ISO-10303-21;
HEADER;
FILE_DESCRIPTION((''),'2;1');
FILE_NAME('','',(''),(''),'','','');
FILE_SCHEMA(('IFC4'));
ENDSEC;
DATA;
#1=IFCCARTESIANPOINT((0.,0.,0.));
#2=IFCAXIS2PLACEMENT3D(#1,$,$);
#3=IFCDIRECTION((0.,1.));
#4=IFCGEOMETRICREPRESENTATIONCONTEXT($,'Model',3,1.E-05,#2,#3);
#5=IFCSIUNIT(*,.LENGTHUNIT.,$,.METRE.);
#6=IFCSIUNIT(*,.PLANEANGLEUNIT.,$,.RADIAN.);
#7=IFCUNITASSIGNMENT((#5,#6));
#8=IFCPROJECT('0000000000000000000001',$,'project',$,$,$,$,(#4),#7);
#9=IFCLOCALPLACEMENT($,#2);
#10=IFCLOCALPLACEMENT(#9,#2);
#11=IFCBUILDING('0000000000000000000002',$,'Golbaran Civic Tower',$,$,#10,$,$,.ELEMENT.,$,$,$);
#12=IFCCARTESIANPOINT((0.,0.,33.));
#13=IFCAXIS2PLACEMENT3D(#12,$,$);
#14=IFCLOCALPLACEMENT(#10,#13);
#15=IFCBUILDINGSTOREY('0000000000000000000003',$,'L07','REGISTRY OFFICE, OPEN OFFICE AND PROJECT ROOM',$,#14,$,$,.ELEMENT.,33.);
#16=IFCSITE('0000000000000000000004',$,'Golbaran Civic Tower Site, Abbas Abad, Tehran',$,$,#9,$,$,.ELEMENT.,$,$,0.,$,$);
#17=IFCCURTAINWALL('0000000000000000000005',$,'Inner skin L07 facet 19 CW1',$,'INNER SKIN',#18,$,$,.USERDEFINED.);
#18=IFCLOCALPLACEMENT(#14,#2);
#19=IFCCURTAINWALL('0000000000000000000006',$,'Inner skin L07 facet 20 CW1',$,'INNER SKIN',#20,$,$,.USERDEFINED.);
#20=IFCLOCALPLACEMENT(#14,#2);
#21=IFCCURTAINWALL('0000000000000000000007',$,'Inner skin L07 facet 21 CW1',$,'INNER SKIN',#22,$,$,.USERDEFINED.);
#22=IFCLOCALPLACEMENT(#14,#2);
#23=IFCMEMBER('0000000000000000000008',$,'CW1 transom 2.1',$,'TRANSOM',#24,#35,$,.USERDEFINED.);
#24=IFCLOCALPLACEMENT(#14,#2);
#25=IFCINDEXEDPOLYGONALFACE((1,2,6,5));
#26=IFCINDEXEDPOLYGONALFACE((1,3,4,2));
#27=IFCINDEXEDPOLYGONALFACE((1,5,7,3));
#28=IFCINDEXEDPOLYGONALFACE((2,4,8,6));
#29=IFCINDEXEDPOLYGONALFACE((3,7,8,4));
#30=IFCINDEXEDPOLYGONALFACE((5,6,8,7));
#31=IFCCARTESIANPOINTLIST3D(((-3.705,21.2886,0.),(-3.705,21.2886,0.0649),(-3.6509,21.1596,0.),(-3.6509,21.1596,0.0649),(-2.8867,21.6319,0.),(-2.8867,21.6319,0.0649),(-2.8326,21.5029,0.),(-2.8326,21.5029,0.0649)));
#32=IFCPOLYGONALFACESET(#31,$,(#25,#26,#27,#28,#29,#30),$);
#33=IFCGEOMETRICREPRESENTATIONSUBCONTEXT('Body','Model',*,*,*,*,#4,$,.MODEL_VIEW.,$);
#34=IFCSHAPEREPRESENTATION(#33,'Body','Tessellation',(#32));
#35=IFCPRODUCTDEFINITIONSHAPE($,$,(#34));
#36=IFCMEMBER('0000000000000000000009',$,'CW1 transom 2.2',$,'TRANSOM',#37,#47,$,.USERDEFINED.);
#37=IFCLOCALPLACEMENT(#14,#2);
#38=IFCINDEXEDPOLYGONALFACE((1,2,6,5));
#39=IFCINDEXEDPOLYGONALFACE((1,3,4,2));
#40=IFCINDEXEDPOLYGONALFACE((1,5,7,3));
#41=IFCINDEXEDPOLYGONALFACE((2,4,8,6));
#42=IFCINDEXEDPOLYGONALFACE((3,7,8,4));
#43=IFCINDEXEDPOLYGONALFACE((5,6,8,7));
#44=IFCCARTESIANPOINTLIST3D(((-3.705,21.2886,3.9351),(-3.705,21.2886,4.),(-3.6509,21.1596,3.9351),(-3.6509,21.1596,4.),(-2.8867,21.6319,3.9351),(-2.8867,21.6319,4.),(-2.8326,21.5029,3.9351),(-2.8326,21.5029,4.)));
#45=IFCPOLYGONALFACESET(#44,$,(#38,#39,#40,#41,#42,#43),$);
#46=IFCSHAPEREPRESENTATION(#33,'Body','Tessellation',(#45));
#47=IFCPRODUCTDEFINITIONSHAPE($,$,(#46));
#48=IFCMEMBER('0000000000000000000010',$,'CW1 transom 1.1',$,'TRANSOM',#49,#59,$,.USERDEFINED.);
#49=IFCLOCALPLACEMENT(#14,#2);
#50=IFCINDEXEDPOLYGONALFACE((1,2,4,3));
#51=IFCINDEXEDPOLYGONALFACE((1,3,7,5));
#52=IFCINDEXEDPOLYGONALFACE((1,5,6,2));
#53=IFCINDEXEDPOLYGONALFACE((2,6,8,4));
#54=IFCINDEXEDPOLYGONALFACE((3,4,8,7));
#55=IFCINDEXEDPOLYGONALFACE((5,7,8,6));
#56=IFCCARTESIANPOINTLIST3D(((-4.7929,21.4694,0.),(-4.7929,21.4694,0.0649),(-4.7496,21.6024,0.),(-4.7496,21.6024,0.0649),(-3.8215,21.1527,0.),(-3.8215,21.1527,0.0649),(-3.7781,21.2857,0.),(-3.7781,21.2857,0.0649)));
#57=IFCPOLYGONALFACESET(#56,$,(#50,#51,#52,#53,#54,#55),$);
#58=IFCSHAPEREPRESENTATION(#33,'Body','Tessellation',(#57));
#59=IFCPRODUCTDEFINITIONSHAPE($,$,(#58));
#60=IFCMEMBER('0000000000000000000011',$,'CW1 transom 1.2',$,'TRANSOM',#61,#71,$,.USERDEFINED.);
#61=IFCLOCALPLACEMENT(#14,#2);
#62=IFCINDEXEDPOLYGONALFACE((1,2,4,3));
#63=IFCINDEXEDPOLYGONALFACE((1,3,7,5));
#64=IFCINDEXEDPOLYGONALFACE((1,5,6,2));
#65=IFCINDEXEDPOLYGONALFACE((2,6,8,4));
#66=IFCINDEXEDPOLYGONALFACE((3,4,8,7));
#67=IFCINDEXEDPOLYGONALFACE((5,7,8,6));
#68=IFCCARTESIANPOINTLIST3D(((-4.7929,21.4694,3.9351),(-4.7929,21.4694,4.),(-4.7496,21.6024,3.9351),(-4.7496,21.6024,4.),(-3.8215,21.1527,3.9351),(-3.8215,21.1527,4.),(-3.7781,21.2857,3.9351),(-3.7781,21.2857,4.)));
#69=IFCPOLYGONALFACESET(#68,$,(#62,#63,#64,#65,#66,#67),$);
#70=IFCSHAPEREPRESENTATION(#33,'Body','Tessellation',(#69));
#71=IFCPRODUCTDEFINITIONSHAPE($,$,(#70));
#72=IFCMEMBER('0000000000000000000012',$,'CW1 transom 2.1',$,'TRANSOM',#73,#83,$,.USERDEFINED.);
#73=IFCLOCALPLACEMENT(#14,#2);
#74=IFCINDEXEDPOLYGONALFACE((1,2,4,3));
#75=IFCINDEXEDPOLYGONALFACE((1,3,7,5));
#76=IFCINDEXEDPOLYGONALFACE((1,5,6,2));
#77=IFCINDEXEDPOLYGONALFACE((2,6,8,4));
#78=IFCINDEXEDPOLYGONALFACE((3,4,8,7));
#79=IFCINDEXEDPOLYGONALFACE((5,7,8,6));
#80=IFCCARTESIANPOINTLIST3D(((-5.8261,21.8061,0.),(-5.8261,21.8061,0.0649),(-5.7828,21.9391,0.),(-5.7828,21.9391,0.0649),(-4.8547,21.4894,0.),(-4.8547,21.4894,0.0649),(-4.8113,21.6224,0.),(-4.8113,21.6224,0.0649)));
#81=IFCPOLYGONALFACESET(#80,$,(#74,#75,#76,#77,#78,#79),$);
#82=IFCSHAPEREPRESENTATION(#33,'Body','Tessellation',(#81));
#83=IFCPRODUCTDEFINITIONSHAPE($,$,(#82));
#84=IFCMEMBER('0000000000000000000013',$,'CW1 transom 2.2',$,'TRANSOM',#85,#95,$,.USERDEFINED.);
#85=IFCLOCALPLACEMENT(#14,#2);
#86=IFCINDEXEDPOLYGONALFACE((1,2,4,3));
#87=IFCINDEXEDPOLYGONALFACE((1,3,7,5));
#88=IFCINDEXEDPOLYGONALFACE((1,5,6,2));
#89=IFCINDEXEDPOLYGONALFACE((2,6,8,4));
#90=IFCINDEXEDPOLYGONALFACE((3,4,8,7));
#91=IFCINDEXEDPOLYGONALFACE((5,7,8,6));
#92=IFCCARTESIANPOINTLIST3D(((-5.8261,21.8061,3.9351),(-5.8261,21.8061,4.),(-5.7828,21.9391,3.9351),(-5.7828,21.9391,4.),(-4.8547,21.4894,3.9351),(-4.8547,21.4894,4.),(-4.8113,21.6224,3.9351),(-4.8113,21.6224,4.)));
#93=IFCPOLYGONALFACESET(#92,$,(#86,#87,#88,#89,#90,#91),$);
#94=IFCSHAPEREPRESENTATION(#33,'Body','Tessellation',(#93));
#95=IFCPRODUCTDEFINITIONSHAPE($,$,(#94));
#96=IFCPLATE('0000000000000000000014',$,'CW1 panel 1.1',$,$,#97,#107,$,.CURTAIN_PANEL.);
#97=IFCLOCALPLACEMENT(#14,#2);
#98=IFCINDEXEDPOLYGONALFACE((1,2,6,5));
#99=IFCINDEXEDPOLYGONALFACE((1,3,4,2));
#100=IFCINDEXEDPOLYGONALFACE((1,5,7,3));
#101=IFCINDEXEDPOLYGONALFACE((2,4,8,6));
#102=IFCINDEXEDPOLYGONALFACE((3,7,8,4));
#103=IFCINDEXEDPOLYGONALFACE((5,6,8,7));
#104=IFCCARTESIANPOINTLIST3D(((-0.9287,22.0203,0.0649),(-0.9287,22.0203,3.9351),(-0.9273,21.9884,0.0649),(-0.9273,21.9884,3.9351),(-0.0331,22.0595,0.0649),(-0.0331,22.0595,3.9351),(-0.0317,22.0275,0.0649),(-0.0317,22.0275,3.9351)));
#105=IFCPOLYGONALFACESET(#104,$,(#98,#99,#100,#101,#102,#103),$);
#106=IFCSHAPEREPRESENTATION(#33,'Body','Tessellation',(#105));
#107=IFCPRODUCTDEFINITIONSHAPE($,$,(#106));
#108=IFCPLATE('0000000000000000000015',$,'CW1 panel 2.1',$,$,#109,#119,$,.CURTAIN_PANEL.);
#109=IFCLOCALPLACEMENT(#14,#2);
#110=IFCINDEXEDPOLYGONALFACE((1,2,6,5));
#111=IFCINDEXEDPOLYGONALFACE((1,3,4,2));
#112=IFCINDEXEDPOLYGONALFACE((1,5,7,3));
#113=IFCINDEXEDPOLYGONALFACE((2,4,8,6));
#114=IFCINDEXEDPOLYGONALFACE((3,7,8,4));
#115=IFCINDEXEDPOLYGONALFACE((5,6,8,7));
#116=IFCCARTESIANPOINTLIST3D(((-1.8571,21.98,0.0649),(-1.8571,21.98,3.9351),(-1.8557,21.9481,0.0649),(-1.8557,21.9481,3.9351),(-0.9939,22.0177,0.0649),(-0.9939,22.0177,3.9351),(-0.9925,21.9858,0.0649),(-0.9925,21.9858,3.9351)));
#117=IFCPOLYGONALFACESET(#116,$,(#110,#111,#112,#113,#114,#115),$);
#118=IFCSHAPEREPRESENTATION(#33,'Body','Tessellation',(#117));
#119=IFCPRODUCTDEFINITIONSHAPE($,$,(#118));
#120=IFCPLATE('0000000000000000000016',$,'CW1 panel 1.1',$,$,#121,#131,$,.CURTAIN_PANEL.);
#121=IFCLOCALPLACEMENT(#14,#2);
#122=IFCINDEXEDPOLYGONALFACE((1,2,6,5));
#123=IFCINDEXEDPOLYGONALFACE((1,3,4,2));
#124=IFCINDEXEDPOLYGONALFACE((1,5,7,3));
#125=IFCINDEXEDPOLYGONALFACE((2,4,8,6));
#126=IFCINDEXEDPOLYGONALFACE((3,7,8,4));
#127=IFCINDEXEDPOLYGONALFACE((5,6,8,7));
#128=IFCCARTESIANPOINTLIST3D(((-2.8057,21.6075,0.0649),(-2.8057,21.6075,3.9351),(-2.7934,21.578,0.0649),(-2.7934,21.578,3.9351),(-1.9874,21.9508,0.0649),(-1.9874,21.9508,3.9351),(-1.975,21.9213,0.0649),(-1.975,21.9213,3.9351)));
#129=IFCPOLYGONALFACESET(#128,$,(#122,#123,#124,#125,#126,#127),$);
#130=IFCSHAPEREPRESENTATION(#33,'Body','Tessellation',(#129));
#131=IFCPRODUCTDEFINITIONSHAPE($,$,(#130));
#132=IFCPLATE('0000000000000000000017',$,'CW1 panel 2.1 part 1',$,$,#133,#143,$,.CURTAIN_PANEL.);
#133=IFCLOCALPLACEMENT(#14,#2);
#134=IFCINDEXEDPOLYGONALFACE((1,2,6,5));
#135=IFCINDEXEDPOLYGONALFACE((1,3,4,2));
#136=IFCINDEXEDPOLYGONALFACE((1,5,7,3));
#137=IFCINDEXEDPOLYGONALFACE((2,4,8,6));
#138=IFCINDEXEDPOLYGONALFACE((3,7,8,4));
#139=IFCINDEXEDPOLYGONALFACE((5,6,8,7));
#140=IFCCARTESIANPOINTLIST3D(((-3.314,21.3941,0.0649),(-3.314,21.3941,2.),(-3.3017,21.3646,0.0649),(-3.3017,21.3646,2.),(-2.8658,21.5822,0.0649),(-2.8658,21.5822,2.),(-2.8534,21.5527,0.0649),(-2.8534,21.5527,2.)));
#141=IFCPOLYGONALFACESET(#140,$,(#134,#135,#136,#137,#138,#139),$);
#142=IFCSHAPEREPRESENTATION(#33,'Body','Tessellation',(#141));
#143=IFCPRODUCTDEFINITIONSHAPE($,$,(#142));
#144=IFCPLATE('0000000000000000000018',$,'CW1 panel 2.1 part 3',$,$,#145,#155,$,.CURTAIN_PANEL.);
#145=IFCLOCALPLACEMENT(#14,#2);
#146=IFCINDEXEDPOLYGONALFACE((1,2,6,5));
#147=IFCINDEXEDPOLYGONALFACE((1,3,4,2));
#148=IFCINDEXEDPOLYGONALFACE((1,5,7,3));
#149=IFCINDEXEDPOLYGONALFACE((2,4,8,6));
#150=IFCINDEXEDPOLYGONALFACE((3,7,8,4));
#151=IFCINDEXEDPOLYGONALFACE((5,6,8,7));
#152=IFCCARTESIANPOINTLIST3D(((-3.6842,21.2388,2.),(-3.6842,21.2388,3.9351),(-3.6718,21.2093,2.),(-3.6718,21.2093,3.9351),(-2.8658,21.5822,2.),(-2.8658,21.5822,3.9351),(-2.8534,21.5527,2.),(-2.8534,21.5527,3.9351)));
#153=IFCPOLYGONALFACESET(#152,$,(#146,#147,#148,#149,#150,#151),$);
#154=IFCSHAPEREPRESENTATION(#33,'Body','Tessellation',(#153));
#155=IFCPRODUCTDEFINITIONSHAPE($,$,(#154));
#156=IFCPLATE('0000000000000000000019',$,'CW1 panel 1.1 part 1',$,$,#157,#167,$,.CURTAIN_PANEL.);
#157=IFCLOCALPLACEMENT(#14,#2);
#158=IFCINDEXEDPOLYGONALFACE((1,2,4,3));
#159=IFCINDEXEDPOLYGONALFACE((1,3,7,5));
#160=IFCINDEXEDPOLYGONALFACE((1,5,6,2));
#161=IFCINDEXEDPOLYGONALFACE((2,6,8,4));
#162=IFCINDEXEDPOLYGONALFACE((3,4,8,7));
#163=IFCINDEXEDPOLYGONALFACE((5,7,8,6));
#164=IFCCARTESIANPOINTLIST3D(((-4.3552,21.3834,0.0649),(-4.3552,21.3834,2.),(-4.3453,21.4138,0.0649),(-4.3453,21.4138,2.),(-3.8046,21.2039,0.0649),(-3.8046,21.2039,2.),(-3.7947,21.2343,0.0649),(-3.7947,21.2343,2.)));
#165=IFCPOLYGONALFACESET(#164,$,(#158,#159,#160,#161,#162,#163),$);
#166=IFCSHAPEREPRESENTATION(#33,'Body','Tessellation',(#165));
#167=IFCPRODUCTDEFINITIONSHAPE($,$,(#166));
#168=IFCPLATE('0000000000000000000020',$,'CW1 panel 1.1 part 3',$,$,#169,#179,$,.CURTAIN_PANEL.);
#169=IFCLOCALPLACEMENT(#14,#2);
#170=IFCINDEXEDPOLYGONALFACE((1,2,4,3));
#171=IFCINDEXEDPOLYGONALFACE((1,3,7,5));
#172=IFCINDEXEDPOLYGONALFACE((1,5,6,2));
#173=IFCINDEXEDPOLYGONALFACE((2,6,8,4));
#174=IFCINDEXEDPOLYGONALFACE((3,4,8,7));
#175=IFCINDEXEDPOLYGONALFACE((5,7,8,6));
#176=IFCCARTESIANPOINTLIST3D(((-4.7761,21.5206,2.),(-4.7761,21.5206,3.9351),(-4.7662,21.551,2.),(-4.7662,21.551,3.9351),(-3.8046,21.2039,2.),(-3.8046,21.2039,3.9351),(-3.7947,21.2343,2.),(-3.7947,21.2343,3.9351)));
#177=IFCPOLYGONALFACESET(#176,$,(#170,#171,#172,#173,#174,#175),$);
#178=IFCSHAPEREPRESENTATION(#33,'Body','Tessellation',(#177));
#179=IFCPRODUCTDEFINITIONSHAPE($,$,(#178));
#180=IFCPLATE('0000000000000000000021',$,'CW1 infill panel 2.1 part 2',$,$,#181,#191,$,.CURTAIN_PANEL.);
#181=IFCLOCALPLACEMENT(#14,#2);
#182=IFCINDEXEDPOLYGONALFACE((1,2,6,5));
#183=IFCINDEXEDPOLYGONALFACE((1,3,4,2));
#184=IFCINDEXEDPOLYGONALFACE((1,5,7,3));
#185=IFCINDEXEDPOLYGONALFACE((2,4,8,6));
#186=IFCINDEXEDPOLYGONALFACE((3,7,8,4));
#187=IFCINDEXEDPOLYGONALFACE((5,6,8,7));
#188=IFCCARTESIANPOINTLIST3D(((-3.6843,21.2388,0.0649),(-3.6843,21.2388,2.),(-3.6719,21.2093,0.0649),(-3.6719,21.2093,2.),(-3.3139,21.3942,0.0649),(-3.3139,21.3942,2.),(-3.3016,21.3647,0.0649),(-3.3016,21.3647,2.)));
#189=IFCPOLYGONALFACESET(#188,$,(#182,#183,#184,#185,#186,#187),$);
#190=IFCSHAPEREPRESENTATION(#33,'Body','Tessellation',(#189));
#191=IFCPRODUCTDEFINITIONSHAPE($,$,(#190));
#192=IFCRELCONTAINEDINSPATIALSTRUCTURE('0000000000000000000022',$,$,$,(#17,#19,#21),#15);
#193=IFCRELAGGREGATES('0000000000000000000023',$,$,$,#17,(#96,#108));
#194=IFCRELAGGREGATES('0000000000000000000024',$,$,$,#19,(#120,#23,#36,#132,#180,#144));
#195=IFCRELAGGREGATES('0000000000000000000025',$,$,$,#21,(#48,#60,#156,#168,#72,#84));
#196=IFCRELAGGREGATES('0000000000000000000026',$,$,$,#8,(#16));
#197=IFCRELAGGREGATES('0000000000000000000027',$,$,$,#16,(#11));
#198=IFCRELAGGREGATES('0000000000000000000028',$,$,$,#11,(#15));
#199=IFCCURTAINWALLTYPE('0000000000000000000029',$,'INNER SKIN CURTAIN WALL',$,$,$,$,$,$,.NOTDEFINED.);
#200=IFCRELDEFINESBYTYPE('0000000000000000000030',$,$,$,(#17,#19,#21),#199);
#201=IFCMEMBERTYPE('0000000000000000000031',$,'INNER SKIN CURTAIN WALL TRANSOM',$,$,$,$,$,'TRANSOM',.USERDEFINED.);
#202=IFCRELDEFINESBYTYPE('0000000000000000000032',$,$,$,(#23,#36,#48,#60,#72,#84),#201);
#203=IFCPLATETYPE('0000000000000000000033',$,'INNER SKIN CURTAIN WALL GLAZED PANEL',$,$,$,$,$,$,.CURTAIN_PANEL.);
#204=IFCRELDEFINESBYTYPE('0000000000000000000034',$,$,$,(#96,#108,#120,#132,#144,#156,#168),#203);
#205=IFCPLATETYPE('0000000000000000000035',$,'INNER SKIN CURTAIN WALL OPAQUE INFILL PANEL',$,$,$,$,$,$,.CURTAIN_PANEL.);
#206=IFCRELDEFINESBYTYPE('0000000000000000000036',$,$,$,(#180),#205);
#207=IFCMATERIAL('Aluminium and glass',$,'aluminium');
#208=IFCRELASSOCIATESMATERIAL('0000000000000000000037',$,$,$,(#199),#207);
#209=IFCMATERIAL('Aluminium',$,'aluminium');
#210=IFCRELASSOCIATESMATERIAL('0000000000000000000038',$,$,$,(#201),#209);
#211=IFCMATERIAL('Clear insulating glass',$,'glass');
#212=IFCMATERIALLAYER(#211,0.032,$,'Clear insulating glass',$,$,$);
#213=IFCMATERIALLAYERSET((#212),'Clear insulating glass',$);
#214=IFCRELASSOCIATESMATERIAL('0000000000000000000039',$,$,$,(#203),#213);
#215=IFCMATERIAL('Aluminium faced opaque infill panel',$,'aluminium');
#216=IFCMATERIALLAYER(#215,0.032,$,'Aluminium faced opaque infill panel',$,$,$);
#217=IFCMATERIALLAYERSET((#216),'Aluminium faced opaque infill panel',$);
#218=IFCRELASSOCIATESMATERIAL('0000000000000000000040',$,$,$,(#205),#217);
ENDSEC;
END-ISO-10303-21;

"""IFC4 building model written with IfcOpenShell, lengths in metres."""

from ifc_helpers import new_model, si_unit, direction, frame, origin, origin_2d, place, context, subcontext, project, spatial, rectangle, extrude, material, layer, layer_set, material_profile, profile_set, type_object, element, aggregate, save


model = new_model("IFC4")

# Units and contexts
model_context = context("Model", 3, precision=1e-05, world=origin(), true_north=direction((0.0, 1.0)))
body_context = subcontext(model_context, "Body", "Model", "MODEL_VIEW")
ifc_project = project(units=[si_unit("LENGTHUNIT", "METRE"), si_unit("PLANEANGLEUNIT", "RADIAN")], contexts=[model_context])

# Site, building, storey
site_placement = place(None, origin())
site = spatial("IfcSite", under=ifc_project, at=site_placement, Name="Golbaran Civic Tower Site, Abbas Abad, Tehran", CompositionType="ELEMENT", RefElevation=0.0)
building_placement = place(site_placement, origin())
building = spatial("IfcBuilding", under=site, at=building_placement, Name="Golbaran Civic Tower", CompositionType="ELEMENT")
storey_placement = place(building_placement, frame((0.0, 0.0, 33.0)))
storey = spatial("IfcBuildingStorey", under=building, at=storey_placement, Name="L07", Description="REGISTRY OFFICE, OPEN OFFICE AND PROJECT ROOM", CompositionType="ELEMENT", Elevation=33.0)

# Shared definitions
ifc_material_1 = material(Name="Aluminium and glass", Category="aluminium")
curtain_wall_type = type_object("IfcCurtainWallType", Name="INNER SKIN CURTAIN WALL", PredefinedType="NOTDEFINED", material=ifc_material_1)
ifc_material_2 = material(Name="Aluminium", Category="aluminium")

# Curtain walls
curtain_wall_1_placement = place(storey_placement, origin())
curtain_wall_1 = element("IfcCurtainWall", 1, at=curtain_wall_1_placement, inside=storey, type_object=curtain_wall_type, Name="Inner skin L07 facet 19 CW1", ObjectType="INNER SKIN", PredefinedType="USERDEFINED")
curtain_wall_2_placement = place(storey_placement, origin())
curtain_wall_2 = element("IfcCurtainWall", 2, at=curtain_wall_2_placement, inside=storey, type_object=curtain_wall_type, Name="Inner skin L07 facet 20 CW1", ObjectType="INNER SKIN", PredefinedType="USERDEFINED")
curtain_wall_3_placement = place(storey_placement, origin())
curtain_wall_3 = element("IfcCurtainWall", 3, at=curtain_wall_3_placement, inside=storey, type_object=curtain_wall_type, Name="Inner skin L07 facet 21 CW1", ObjectType="INNER SKIN", PredefinedType="USERDEFINED")

# Members
ifc_material_profile_1 = material_profile(ifc_material_2, rectangle(XDim=0.1399, YDim=0.0649, at=origin_2d()), Name="INNER SKIN CURTAIN WALL TRANSOM")
ifc_profile_set_1 = profile_set([ifc_material_profile_1], Name="Aluminium")
member_type_1 = type_object("IfcMemberType", Name="INNER SKIN CURTAIN WALL TRANSOM", ElementType="TRANSOM", PredefinedType="USERDEFINED", material=ifc_profile_set_1)
member_1_placement = place(storey_placement, frame((-2.8596, 21.5674, 0.0325), z_axis=(-0.922163, -0.386802, 0.0), x_axis=(0.386802, -0.922163, 0.0)))
member_1 = element("IfcMember", 4, at=member_1_placement, type_object=member_type_1, Name="CW1 transom 2.1", ObjectType="TRANSOM", PredefinedType="USERDEFINED", context=body_context, shape_type="SweptSolid", body=[
    extrude(rectangle(XDim=0.1399, YDim=0.0649, at=origin_2d()), origin(), (0.0, 0.0, 1.0), 0.8875),
])
member_2_placement = place(storey_placement, frame((-2.8596, 21.5674, 3.9675), z_axis=(-0.922163, -0.386802, 0.0), x_axis=(0.386802, -0.922163, 0.0)))
member_2 = element("IfcMember", 5, at=member_2_placement, type_object=member_type_1, Name="CW1 transom 2.2", ObjectType="TRANSOM", PredefinedType="USERDEFINED", context=body_context, shape_type="SweptSolid", body=[
    extrude(rectangle(XDim=0.1399, YDim=0.0649, at=origin_2d()), origin(), (0.0, 0.0, 1.0), 0.8875),
])
member_3_placement = place(storey_placement, frame((-3.7998, 21.2192, 0.0325), z_axis=(-0.950765, 0.309913, 0.0), x_axis=(-0.309913, -0.950765, 0.0)))
member_3 = element("IfcMember", 6, at=member_3_placement, type_object=member_type_1, Name="CW1 transom 1.1", ObjectType="TRANSOM", PredefinedType="USERDEFINED", context=body_context, shape_type="SweptSolid", body=[
    extrude(rectangle(XDim=0.1399, YDim=0.0649, at=origin_2d()), origin(), (0.0, 0.0, 1.0), 1.0217),
])
member_4_placement = place(storey_placement, frame((-3.7998, 21.2192, 3.9675), z_axis=(-0.950765, 0.309913, 0.0), x_axis=(-0.309913, -0.950765, 0.0)))
member_4 = element("IfcMember", 7, at=member_4_placement, type_object=member_type_1, Name="CW1 transom 1.2", ObjectType="TRANSOM", PredefinedType="USERDEFINED", context=body_context, shape_type="SweptSolid", body=[
    extrude(rectangle(XDim=0.1399, YDim=0.0649, at=origin_2d()), origin(), (0.0, 0.0, 1.0), 1.0217),
])
member_5_placement = place(storey_placement, frame((-4.833, 21.5559, 0.0325), z_axis=(-0.950765, 0.309913, 0.0), x_axis=(-0.309913, -0.950765, 0.0)))
member_5 = element("IfcMember", 8, at=member_5_placement, type_object=member_type_1, Name="CW1 transom 2.1", ObjectType="TRANSOM", PredefinedType="USERDEFINED", context=body_context, shape_type="SweptSolid", body=[
    extrude(rectangle(XDim=0.1399, YDim=0.0649, at=origin_2d()), origin(), (0.0, 0.0, 1.0), 1.0217),
])
member_6_placement = place(storey_placement, frame((-4.833, 21.5559, 3.9675), z_axis=(-0.950765, 0.309913, 0.0), x_axis=(-0.309913, -0.950765, 0.0)))
member_6 = element("IfcMember", 9, at=member_6_placement, type_object=member_type_1, Name="CW1 transom 2.2", ObjectType="TRANSOM", PredefinedType="USERDEFINED", context=body_context, shape_type="SweptSolid", body=[
    extrude(rectangle(XDim=0.1399, YDim=0.0649, at=origin_2d()), origin(), (0.0, 0.0, 1.0), 1.0217),
])

# Plates
ifc_material_3 = material(Name="Clear insulating glass", Category="glass")
ifc_layer_1 = layer(ifc_material_3, 0.032, Name="Clear insulating glass")
ifc_layer_set_1 = layer_set([ifc_layer_1], Name="Clear insulating glass")
plate_type_1 = type_object("IfcPlateType", Name="INNER SKIN CURTAIN WALL GLAZED PANEL", PredefinedType="CURTAIN_PANEL", material=ifc_layer_set_1)
plate_1_placement = place(storey_placement, frame((-0.4802, 22.0239, 0.0649), z_axis=(0.0, 0.0, 1.0), x_axis=(-0.999048, -0.043619, 0.0)))
plate_1 = element("IfcPlate", 10, at=plate_1_placement, type_object=plate_type_1, Name="CW1 panel 1.1", PredefinedType="CURTAIN_PANEL", context=body_context, shape_type="SweptSolid", body=[
    extrude(rectangle(XDim=0.8965, YDim=0.032, at=origin_2d()), origin(), (0.0, 0.0, 1.0), 3.8701),
])
plate_2_placement = place(storey_placement, frame((-1.4248, 21.9829, 0.0649), z_axis=(0.0, 0.0, 1.0), x_axis=(-0.999048, -0.043619, 0.0)))
plate_2 = element("IfcPlate", 11, at=plate_2_placement, type_object=plate_type_1, Name="CW1 panel 2.1", PredefinedType="CURTAIN_PANEL", context=body_context, shape_type="SweptSolid", body=[
    extrude(rectangle(XDim=0.864, YDim=0.032, at=origin_2d()), origin(), (0.0, 0.0, 1.0), 3.8701),
])
aggregate(curtain_wall_1, [plate_1, plate_2])
plate_3_placement = place(storey_placement, frame((-2.3904, 21.7644, 0.0649), z_axis=(0.0, 0.0, 1.0), x_axis=(-0.922133, -0.386873, 0.0)))
plate_3 = element("IfcPlate", 12, at=plate_3_placement, type_object=plate_type_1, Name="CW1 panel 1.1", PredefinedType="CURTAIN_PANEL", context=body_context, shape_type="SweptSolid", body=[
    extrude(rectangle(XDim=0.8875, YDim=0.032, at=origin_2d()), origin(), (0.0, 0.0, 1.0), 3.8701),
])
plate_4_placement = place(storey_placement, frame((-3.0837, 21.4734, 0.0649), z_axis=(0.0, 0.0, 1.0), x_axis=(-0.922133, -0.386873, 0.0)))
plate_4 = element("IfcPlate", 13, at=plate_4_placement, type_object=plate_type_1, Name="CW1 panel 2.1 part 1", PredefinedType="CURTAIN_PANEL", context=body_context, shape_type="SweptSolid", body=[
    extrude(rectangle(XDim=0.4861, YDim=0.032, at=origin_2d()), origin(), (0.0, 0.0, 1.0), 1.9351),
])
plate_5_placement = place(storey_placement, frame((-3.2688, 21.3958, 2.0), z_axis=(0.0, 0.0, 1.0), x_axis=(-0.922133, -0.386873, 0.0)))
plate_5 = element("IfcPlate", 14, at=plate_5_placement, type_object=plate_type_1, Name="CW1 panel 2.1 part 3", PredefinedType="CURTAIN_PANEL", context=body_context, shape_type="SweptSolid", body=[
    extrude(rectangle(XDim=0.8875, YDim=0.032, at=origin_2d()), origin(), (0.0, 0.0, 1.0), 1.9351),
])
plate_6_placement = place(storey_placement, frame((-4.075, 21.3088, 0.0649), z_axis=(0.0, 0.0, 1.0), x_axis=(-0.950761, 0.309925, 0.0)))
plate_6 = element("IfcPlate", 15, at=plate_6_placement, type_object=plate_type_1, Name="CW1 panel 1.1 part 1", PredefinedType="CURTAIN_PANEL", context=body_context, shape_type="SweptSolid", body=[
    extrude(rectangle(XDim=0.5791, YDim=0.032, at=origin_2d()), origin(), (0.0, 0.0, 1.0), 1.9351),
])
plate_7_placement = place(storey_placement, frame((-4.2854, 21.3774, 2.0), z_axis=(0.0, 0.0, 1.0), x_axis=(-0.950761, 0.309925, 0.0)))
plate_7 = element("IfcPlate", 16, at=plate_7_placement, type_object=plate_type_1, Name="CW1 panel 1.1 part 3", PredefinedType="CURTAIN_PANEL", context=body_context, shape_type="SweptSolid", body=[
    extrude(rectangle(XDim=1.0217, YDim=0.032, at=origin_2d()), origin(), (0.0, 0.0, 1.0), 1.9351),
])
ifc_material_4 = material(Name="Aluminium faced opaque infill panel", Category="aluminium")
ifc_layer_2 = layer(ifc_material_4, 0.032, Name="Aluminium faced opaque infill panel")
ifc_layer_set_2 = layer_set([ifc_layer_2], Name="Aluminium faced opaque infill panel")
plate_type_2 = type_object("IfcPlateType", Name="INNER SKIN CURTAIN WALL OPAQUE INFILL PANEL", PredefinedType="CURTAIN_PANEL", material=ifc_layer_set_2)
plate_8_placement = place(storey_placement, frame((-3.4929, 21.3018, 0.0649), z_axis=(0.0, 0.0, 1.0), x_axis=(-0.922133, -0.386873, 0.0)))
plate_8 = element("IfcPlate", 17, at=plate_8_placement, type_object=plate_type_2, Name="CW1 infill panel 2.1 part 2", PredefinedType="CURTAIN_PANEL", context=body_context, shape_type="SweptSolid", body=[
    extrude(rectangle(XDim=0.4016, YDim=0.032, at=origin_2d()), origin(), (0.0, 0.0, 1.0), 1.9351),
])
aggregate(curtain_wall_2, [plate_3, member_1, member_2, plate_4, plate_8, plate_5])
aggregate(curtain_wall_3, [member_3, member_4, plate_6, plate_7, member_5, member_6])

save(model, "model.ifc")
